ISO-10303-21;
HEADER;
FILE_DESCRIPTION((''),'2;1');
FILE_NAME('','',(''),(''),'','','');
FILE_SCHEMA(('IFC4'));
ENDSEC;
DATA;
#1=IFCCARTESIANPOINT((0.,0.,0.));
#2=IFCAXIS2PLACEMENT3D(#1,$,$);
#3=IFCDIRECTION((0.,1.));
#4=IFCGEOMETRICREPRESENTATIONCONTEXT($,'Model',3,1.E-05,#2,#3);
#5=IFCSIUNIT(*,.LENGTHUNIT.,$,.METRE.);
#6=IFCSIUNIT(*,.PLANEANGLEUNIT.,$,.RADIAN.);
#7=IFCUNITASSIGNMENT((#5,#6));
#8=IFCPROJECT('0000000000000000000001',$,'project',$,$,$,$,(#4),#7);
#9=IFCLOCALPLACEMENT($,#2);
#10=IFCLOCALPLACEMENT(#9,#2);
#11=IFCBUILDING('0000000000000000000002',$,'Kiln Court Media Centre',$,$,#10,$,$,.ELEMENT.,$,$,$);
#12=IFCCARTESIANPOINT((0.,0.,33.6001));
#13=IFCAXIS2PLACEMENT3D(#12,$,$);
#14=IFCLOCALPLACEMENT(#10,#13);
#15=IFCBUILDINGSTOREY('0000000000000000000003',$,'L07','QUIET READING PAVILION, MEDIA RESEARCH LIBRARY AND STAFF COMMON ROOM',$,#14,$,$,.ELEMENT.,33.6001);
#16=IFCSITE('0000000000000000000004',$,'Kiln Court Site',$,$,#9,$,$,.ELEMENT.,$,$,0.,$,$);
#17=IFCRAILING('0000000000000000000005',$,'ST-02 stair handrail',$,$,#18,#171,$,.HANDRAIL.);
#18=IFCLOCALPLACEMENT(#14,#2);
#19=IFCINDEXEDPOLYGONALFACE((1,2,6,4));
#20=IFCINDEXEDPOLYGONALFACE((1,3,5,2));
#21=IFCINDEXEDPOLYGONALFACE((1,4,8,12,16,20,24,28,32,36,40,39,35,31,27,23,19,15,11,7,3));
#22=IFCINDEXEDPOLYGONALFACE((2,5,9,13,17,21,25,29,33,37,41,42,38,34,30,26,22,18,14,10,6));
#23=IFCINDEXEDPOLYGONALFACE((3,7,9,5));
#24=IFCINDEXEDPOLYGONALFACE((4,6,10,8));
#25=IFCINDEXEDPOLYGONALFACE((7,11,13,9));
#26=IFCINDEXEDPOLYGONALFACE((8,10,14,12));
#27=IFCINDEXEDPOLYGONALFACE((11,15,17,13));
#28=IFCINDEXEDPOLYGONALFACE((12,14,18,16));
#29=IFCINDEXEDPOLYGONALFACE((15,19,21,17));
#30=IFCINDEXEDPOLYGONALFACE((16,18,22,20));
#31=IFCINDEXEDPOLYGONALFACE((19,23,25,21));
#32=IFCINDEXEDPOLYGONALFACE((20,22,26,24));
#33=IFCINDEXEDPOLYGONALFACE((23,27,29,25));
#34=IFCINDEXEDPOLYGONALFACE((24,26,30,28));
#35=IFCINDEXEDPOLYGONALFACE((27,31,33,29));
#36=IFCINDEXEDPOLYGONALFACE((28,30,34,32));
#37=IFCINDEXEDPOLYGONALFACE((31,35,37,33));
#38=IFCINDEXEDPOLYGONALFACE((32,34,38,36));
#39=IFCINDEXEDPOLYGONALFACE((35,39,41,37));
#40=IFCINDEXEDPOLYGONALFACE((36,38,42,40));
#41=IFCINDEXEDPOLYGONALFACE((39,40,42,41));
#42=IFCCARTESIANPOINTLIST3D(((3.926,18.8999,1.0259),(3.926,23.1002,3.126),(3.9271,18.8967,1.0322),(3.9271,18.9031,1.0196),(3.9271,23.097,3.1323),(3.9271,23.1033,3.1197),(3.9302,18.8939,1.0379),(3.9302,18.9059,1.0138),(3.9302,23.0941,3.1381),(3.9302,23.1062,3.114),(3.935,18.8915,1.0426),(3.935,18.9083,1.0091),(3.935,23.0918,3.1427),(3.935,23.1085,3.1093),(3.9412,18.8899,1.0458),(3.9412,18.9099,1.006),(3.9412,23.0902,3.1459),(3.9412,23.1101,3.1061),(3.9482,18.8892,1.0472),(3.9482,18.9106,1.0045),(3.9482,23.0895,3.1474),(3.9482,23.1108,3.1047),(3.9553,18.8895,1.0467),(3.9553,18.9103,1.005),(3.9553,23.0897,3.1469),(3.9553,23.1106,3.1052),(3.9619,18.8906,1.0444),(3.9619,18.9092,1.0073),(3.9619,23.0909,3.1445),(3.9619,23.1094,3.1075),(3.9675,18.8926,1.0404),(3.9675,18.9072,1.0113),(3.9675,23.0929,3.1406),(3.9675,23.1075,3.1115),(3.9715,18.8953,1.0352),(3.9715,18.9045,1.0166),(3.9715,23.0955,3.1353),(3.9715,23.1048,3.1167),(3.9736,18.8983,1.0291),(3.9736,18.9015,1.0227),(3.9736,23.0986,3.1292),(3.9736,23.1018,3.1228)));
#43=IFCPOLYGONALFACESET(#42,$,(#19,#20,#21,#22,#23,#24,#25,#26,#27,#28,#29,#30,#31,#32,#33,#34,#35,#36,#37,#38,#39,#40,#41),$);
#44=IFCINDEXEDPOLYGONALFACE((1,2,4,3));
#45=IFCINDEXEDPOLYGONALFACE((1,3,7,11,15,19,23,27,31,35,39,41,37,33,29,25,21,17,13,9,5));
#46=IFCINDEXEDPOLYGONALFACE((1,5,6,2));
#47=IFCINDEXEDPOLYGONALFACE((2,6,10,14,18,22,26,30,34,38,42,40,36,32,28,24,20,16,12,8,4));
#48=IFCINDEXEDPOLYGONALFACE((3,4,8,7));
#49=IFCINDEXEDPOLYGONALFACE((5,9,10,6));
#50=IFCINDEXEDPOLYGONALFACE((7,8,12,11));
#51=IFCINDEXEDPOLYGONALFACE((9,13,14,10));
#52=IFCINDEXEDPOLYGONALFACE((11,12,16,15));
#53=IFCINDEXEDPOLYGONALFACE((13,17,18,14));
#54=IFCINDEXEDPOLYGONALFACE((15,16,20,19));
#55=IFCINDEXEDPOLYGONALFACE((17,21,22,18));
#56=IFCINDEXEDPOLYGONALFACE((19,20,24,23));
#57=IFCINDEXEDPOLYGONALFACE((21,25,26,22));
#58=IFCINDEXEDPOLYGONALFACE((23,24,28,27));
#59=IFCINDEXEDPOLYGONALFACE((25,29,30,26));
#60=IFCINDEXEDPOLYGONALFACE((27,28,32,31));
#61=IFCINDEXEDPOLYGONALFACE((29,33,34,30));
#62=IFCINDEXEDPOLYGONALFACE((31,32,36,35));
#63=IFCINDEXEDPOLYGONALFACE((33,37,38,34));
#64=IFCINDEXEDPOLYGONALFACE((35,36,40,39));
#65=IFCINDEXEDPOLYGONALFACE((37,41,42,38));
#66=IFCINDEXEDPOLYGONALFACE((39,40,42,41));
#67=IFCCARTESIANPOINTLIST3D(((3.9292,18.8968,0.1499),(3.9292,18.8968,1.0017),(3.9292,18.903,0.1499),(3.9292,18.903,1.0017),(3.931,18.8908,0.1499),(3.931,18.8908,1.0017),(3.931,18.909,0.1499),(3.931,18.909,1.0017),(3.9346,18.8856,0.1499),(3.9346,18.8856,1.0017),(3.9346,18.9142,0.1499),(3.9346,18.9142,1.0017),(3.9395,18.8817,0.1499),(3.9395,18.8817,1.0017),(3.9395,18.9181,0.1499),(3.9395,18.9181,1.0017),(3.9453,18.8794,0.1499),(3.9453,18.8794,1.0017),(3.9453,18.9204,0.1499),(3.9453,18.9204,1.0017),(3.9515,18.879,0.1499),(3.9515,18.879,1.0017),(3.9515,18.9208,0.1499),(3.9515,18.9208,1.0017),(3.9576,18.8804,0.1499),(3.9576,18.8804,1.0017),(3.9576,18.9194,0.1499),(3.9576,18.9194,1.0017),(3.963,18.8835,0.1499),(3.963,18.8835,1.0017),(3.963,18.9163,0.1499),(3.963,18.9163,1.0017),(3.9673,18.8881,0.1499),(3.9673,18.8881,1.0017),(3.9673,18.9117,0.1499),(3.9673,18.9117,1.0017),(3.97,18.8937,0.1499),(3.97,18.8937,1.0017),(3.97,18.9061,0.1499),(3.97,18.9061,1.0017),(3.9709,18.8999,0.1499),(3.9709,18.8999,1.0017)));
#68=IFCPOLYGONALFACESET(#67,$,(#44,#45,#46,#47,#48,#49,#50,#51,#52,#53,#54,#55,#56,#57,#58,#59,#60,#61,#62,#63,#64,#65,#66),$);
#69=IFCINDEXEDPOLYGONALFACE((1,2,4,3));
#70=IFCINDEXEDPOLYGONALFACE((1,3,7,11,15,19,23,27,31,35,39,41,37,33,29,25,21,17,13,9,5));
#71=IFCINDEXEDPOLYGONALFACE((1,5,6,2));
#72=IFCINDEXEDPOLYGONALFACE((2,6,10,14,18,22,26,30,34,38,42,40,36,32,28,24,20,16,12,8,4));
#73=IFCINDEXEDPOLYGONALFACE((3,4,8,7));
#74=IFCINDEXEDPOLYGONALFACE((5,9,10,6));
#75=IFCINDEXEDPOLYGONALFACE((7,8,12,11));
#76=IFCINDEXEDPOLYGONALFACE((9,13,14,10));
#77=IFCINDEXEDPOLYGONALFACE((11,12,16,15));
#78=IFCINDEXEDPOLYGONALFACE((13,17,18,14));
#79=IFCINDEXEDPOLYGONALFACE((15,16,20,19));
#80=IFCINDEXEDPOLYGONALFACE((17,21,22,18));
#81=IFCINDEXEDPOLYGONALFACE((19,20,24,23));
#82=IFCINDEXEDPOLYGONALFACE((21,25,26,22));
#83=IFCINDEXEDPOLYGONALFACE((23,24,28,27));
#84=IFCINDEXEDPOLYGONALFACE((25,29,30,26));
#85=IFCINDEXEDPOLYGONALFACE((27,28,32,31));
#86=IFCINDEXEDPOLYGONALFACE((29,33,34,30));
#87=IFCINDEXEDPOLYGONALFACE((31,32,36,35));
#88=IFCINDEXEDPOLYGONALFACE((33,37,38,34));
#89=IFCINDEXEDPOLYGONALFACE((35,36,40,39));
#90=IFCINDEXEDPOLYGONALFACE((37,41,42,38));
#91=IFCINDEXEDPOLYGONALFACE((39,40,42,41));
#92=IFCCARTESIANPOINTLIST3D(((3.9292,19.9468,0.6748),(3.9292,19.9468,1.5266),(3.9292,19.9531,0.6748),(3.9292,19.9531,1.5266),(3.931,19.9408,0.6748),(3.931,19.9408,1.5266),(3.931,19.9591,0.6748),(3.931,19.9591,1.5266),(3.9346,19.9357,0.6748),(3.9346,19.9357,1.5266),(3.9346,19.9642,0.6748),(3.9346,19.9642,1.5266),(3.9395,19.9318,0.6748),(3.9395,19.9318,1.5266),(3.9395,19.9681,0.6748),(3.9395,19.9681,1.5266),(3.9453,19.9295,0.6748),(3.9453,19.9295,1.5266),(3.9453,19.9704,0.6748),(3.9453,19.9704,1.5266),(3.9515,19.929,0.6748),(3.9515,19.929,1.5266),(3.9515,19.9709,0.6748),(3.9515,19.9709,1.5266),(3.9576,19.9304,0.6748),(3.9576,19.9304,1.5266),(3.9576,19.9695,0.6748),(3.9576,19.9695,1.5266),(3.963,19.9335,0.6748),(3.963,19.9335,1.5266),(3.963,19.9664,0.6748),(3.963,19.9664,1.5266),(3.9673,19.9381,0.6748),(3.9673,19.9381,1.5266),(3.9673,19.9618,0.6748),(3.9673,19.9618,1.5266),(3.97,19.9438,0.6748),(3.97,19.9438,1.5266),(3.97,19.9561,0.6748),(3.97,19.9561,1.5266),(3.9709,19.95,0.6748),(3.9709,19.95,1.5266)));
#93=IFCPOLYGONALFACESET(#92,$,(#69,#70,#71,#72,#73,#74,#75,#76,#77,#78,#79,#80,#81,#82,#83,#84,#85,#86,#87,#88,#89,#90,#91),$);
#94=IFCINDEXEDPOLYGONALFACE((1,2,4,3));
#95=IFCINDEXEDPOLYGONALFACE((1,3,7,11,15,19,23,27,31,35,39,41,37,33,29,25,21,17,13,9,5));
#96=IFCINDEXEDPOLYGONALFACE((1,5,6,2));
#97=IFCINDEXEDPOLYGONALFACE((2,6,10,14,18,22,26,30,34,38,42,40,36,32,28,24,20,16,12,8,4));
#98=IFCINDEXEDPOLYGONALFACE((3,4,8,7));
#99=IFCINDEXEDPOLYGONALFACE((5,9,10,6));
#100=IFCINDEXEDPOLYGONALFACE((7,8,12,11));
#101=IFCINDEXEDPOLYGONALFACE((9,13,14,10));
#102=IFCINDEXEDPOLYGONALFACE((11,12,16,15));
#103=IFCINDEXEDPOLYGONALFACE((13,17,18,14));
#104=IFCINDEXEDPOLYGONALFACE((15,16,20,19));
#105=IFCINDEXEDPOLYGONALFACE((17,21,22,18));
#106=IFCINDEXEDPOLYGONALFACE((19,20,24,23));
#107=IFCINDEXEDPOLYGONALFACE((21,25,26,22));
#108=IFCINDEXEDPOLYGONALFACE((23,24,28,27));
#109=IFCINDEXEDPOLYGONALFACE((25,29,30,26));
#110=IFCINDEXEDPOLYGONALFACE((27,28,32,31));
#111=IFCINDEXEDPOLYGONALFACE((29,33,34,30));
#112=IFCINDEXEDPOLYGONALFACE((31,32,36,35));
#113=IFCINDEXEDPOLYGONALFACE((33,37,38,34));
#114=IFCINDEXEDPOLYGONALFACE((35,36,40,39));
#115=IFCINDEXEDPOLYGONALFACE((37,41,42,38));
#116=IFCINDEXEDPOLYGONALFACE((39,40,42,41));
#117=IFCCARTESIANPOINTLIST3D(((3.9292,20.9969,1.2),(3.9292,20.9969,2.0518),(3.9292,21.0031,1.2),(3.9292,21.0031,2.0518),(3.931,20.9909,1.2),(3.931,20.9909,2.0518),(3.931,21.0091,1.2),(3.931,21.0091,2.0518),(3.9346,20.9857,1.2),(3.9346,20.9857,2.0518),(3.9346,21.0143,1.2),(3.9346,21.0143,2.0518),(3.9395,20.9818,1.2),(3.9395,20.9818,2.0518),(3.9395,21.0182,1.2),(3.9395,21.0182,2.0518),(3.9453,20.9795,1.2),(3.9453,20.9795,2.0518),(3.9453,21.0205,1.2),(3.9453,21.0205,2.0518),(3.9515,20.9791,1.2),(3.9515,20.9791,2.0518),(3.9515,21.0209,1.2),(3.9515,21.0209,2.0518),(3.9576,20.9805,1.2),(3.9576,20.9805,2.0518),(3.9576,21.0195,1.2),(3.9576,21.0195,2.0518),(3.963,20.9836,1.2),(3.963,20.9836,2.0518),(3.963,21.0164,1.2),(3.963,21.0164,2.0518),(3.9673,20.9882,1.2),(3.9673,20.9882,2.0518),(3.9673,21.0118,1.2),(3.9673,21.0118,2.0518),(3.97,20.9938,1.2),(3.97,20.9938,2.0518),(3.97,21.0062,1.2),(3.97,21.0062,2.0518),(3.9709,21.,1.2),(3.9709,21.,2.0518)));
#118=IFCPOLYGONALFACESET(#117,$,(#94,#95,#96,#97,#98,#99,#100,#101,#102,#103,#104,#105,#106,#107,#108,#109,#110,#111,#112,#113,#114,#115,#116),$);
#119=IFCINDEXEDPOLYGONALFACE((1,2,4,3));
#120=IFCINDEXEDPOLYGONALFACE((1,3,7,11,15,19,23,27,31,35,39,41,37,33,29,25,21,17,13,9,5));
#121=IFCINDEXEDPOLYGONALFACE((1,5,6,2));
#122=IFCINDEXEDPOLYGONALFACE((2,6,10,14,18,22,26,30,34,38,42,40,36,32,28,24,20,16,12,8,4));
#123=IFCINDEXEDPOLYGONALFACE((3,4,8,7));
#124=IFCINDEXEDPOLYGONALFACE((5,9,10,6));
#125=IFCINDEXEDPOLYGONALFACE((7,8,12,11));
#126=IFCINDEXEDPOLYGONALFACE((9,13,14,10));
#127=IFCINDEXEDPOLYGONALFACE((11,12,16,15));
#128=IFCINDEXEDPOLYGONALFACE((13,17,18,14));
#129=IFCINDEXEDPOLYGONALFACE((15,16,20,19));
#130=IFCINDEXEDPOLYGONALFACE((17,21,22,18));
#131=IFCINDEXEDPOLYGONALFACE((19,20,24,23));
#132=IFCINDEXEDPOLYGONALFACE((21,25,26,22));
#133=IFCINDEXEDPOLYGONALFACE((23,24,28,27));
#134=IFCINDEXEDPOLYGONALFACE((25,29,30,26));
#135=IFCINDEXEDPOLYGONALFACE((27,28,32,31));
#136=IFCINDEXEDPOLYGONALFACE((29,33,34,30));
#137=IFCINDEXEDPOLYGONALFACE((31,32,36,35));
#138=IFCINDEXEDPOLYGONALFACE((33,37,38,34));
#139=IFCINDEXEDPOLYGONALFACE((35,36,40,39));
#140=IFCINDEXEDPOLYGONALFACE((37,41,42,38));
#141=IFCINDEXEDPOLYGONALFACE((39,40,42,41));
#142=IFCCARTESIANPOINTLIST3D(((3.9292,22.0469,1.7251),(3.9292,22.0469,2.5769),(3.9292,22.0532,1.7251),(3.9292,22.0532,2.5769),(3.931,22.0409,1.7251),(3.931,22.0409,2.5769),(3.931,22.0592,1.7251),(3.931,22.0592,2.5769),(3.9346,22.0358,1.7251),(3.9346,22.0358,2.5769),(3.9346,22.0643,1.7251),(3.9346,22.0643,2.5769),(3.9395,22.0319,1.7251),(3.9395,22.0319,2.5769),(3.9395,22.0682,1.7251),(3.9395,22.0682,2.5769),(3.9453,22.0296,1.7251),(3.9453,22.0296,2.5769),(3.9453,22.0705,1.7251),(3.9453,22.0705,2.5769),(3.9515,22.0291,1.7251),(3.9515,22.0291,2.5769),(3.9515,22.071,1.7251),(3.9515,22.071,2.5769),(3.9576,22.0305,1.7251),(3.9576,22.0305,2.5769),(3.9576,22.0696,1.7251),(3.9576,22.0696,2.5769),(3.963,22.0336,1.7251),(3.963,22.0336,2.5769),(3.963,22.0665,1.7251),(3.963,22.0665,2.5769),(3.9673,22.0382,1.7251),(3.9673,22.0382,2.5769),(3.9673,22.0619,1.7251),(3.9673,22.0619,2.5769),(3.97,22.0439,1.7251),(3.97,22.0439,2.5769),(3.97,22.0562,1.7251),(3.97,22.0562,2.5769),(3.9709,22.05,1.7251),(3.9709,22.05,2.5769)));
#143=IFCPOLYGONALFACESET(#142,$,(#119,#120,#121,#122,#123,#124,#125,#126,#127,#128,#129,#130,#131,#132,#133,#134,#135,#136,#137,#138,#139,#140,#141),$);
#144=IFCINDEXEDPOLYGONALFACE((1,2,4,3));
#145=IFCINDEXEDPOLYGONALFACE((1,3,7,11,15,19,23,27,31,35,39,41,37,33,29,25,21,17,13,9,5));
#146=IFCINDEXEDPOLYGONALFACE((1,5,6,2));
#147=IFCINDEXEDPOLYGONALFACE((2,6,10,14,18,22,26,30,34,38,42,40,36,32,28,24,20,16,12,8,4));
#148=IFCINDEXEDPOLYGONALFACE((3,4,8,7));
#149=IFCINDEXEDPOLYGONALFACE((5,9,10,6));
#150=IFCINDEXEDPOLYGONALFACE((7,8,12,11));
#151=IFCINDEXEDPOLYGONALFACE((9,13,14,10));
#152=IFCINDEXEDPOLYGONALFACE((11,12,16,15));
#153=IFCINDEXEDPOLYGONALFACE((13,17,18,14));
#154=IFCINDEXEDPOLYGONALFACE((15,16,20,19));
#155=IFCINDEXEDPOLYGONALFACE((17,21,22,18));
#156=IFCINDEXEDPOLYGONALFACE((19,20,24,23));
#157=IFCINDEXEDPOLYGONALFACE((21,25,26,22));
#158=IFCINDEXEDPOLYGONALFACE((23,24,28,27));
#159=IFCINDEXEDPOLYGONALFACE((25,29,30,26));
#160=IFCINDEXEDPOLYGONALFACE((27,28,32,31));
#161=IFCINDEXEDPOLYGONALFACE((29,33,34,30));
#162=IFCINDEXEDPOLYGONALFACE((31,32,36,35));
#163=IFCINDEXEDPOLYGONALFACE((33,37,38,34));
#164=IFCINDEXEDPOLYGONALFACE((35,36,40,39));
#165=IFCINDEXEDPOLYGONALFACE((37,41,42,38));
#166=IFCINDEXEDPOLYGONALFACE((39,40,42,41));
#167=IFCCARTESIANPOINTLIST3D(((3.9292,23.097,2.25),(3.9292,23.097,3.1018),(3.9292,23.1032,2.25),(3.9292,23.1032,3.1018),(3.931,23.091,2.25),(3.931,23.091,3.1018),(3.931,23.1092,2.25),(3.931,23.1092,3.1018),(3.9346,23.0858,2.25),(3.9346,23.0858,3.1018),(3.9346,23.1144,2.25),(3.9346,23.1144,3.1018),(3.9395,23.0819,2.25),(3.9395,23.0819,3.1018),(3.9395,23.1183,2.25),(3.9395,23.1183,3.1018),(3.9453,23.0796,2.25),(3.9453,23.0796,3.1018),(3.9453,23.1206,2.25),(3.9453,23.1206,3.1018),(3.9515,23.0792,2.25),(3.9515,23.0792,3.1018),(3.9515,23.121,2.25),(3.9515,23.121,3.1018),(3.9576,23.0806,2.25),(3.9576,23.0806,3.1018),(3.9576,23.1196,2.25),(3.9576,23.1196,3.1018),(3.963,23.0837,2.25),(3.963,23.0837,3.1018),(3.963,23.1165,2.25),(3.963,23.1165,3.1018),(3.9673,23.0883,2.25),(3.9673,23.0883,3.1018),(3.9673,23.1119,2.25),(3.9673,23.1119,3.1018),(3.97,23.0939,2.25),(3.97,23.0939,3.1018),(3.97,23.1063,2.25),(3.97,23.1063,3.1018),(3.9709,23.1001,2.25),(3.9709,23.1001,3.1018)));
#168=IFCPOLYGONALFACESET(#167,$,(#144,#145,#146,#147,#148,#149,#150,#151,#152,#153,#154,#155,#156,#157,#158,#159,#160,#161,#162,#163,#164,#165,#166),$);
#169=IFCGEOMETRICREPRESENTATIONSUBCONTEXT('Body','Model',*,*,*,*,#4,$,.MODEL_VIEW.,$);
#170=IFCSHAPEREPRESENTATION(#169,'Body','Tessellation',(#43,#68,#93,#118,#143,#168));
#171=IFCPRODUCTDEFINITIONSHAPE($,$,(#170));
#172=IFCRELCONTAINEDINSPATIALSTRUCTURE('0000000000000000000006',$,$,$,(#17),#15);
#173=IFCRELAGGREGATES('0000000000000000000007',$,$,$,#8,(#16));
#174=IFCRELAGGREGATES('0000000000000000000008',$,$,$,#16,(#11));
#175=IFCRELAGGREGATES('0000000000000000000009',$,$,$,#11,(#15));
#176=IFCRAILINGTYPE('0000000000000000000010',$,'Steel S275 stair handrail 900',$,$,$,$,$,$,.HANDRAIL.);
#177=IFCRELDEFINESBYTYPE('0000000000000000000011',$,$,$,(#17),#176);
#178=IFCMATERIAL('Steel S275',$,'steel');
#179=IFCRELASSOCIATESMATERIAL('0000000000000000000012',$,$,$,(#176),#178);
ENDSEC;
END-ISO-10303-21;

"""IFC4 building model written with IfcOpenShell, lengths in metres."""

from ifc_helpers import new_model, si_unit, direction, frame, origin, origin_2d, place, context, subcontext, project, spatial, circle, extrude, material, type_object, element, save


model = new_model("IFC4")

# Units and contexts
model_context = context("Model", 3, precision=1e-05, world=origin(), true_north=direction((0.0, 1.0)))
body_context = subcontext(model_context, "Body", "Model", "MODEL_VIEW")
ifc_project = project(units=[si_unit("LENGTHUNIT", "METRE"), si_unit("PLANEANGLEUNIT", "RADIAN")], contexts=[model_context])

# Site, building, storey
site_placement = place(None, origin())
site = spatial("IfcSite", under=ifc_project, at=site_placement, Name="Kiln Court Site", CompositionType="ELEMENT", RefElevation=0.0)
building_placement = place(site_placement, origin())
building = spatial("IfcBuilding", under=site, at=building_placement, Name="Kiln Court Media Centre", CompositionType="ELEMENT")
storey_placement = place(building_placement, frame((0.0, 0.0, 33.6001)))
storey = spatial("IfcBuildingStorey", under=building, at=storey_placement, Name="L07", Description="QUIET READING PAVILION, MEDIA RESEARCH LIBRARY AND STAFF COMMON ROOM", CompositionType="ELEMENT", Elevation=33.6001)

# Railing
ifc_material_1 = material(Name="Steel S275", Category="steel")
railing_type_1 = type_object("IfcRailingType", Name="Steel S275 stair handrail 900", PredefinedType="HANDRAIL", material=ifc_material_1)
railing_1_placement = place(storey_placement, frame((3.95, 18.8999, 0.1499)))
element("IfcRailing", 1, at=railing_1_placement, inside=storey, type_object=railing_type_1, Name="ST-02 stair handrail", PredefinedType="HANDRAIL", context=body_context, shape_type="SweptSolid", body=[
    extrude(circle(Radius=0.0239, at=origin_2d()), frame((0.0, 0.0, 0.876), z_axis=(0.0, 0.894427, 0.447214), x_axis=(-1.0, 0.0, 0.0)), (0.0, 0.0, 1.0), 4.696),
    extrude(circle(Radius=0.021, at=origin_2d()), origin(), (0.0, 0.0, 1.0), 0.8518),
    extrude(circle(Radius=0.021, at=origin_2d()), frame((0.0, 1.05, 0.5249)), (0.0, 0.0, 1.0), 0.8518),
    extrude(circle(Radius=0.021, at=origin_2d()), frame((0.0, 2.1001, 1.05)), (0.0, 0.0, 1.0), 0.8518),
    extrude(circle(Radius=0.021, at=origin_2d()), frame((0.0, 3.1501, 1.5752)), (0.0, 0.0, 1.0), 0.8518),
    extrude(circle(Radius=0.021, at=origin_2d()), frame((0.0, 4.2002, 2.1001)), (0.0, 0.0, 1.0), 0.8518),
])

save(model, "model.ifc")
